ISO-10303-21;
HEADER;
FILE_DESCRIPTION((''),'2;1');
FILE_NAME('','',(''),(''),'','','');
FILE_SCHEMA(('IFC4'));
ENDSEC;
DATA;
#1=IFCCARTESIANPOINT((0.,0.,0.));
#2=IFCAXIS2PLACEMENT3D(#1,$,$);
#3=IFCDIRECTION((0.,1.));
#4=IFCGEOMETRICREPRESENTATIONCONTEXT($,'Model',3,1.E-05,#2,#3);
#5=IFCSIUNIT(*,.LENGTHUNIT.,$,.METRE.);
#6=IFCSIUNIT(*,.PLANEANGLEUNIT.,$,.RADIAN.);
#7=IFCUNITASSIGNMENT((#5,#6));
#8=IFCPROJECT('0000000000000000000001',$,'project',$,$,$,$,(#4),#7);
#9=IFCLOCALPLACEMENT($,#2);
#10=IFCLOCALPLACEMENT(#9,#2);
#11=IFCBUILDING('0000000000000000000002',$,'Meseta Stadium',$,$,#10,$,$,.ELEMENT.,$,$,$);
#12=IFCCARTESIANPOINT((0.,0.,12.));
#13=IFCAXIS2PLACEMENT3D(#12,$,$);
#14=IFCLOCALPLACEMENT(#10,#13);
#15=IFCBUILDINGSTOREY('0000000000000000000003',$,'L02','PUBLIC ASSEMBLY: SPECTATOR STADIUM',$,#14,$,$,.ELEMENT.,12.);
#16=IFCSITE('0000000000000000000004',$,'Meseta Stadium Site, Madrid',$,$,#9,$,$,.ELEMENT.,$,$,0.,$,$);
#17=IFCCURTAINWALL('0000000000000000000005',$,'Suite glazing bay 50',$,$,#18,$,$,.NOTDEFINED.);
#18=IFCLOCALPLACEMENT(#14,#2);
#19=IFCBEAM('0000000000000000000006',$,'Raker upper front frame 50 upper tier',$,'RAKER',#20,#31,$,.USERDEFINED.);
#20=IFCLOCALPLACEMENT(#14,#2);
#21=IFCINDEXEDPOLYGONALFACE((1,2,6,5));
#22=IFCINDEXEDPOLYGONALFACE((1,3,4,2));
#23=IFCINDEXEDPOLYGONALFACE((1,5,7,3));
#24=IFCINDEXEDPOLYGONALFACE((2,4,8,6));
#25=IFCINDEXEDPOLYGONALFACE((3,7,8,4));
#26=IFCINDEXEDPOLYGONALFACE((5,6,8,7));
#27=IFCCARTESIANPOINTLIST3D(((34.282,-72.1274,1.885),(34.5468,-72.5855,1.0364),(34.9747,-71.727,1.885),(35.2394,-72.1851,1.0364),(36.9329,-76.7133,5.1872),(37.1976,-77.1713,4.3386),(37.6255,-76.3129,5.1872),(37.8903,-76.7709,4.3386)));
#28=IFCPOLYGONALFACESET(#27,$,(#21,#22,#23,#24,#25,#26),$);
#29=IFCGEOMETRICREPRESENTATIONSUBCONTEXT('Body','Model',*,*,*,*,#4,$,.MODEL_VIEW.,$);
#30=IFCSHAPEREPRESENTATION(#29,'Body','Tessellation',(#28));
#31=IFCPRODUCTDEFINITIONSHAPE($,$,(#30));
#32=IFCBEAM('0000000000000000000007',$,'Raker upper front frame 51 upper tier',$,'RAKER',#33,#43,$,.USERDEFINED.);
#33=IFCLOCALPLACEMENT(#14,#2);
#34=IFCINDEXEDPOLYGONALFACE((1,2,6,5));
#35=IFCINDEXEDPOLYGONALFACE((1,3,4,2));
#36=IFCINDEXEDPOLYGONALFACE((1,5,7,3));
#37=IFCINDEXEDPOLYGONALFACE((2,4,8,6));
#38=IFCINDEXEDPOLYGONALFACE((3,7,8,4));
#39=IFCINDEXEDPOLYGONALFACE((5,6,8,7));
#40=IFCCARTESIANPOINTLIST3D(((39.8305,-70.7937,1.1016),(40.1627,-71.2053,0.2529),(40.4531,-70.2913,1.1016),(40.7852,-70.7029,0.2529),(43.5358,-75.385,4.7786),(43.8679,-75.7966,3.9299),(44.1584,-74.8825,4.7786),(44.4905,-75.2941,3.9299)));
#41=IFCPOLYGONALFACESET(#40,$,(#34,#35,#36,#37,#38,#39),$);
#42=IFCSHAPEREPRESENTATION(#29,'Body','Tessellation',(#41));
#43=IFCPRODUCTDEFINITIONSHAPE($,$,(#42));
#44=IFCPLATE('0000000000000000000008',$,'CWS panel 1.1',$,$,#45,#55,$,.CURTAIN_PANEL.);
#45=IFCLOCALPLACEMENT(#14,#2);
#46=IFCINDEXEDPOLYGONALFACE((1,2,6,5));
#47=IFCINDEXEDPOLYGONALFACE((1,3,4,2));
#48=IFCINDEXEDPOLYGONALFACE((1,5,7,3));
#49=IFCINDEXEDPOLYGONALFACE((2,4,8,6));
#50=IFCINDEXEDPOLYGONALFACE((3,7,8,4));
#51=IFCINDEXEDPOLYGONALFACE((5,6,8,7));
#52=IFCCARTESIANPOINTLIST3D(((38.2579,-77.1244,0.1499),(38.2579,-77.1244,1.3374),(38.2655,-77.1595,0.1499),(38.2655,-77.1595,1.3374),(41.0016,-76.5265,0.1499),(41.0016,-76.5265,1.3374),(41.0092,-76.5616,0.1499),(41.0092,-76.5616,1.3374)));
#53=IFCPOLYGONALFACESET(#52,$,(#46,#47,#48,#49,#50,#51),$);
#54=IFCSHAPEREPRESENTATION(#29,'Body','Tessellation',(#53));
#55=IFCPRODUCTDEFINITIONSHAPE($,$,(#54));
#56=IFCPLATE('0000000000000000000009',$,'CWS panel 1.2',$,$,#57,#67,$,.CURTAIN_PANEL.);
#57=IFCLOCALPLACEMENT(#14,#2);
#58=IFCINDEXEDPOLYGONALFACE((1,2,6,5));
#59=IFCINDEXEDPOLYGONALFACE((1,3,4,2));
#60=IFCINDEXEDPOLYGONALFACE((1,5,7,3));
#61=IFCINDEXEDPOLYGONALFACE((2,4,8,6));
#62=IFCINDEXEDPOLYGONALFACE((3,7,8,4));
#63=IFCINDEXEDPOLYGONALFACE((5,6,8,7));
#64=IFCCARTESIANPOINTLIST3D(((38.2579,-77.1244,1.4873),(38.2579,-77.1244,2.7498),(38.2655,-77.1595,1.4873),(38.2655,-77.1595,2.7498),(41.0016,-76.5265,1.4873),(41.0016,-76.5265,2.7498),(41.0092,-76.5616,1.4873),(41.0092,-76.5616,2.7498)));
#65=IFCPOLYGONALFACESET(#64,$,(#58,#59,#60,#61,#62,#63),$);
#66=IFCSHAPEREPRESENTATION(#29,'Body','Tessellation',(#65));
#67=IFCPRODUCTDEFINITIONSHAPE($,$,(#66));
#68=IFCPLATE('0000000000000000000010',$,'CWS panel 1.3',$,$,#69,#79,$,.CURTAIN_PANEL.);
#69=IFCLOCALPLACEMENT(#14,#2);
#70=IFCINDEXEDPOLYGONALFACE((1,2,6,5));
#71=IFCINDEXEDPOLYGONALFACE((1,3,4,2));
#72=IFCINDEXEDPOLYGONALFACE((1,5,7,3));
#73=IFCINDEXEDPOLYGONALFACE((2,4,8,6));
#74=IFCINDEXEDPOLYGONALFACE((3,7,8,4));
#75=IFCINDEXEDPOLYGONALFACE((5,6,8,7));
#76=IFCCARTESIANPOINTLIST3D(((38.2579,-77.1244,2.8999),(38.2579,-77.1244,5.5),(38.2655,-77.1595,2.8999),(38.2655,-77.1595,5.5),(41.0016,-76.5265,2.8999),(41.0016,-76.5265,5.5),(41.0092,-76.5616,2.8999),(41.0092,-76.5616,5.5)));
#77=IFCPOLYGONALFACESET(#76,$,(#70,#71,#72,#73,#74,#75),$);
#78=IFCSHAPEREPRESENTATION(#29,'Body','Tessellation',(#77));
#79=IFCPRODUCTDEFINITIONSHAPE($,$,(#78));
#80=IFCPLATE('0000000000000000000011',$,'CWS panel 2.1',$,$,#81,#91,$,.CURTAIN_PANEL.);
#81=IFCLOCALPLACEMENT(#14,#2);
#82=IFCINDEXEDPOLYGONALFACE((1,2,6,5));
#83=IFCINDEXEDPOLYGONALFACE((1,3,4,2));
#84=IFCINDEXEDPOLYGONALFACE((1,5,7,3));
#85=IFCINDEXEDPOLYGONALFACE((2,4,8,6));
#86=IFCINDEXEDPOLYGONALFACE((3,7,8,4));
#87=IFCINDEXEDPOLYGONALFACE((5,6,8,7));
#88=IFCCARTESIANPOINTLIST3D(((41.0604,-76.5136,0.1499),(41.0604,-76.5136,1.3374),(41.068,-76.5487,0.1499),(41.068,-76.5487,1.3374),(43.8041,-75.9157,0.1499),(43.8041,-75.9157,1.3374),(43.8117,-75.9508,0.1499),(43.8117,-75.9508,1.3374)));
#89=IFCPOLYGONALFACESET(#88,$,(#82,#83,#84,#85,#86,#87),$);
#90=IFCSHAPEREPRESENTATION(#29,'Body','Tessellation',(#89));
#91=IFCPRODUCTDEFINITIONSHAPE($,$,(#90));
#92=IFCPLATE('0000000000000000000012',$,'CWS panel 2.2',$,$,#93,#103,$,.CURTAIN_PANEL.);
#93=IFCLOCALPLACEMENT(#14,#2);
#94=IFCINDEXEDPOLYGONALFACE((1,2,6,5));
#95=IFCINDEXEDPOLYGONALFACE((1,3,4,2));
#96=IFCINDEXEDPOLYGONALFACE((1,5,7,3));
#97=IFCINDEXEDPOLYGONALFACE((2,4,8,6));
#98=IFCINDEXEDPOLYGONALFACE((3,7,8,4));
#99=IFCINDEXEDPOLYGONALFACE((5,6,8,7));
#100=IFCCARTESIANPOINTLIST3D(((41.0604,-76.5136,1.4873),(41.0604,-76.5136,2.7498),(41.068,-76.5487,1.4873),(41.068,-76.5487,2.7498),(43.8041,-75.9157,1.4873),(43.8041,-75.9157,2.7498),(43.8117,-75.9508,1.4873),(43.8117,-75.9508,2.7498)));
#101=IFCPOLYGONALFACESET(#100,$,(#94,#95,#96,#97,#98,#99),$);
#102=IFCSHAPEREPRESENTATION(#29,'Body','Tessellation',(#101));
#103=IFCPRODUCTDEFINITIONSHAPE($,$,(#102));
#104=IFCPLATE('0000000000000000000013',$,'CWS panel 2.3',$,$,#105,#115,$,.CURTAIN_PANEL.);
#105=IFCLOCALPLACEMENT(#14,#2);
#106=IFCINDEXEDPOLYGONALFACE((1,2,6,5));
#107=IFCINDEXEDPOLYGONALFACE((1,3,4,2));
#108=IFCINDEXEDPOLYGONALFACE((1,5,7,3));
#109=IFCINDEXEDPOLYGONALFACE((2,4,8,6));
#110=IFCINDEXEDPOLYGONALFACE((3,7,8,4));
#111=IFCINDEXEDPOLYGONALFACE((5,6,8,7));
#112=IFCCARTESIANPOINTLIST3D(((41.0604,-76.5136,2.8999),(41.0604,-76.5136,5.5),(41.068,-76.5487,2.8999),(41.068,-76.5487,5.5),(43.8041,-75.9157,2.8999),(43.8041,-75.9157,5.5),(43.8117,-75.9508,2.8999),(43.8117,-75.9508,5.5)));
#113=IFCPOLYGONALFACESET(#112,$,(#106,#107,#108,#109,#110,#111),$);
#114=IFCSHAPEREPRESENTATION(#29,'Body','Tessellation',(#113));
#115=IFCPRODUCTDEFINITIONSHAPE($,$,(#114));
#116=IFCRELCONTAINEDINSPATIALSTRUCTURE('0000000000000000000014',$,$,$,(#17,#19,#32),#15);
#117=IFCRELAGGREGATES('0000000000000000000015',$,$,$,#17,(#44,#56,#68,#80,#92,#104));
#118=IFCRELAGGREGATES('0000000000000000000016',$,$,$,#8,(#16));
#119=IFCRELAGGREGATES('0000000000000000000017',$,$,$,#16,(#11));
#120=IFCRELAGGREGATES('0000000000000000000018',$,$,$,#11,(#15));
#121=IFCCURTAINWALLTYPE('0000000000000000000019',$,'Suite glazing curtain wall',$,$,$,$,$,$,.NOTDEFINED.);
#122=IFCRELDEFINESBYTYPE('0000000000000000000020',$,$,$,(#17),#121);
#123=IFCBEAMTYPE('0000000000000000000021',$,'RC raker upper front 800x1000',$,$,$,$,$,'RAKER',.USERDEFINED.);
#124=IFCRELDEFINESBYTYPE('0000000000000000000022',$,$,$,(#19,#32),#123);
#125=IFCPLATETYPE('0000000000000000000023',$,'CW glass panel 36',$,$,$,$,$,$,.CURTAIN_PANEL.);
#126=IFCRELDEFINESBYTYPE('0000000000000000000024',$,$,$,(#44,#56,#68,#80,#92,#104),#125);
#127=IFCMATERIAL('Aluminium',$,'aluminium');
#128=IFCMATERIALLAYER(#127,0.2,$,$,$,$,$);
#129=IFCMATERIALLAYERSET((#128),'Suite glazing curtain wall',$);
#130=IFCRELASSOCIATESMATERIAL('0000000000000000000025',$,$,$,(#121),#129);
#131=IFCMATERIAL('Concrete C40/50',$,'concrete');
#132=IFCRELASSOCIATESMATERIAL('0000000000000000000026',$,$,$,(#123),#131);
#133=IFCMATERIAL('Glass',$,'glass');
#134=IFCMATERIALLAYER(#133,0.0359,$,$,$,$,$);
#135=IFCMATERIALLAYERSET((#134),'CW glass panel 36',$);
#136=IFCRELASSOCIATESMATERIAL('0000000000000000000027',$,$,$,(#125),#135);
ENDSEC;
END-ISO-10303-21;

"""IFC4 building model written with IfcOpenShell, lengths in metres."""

from ifc_helpers import new_model, si_unit, direction, frame, origin, origin_2d, place, context, subcontext, project, spatial, rectangle, extrude, material, layer, layer_set, material_profile, profile_set, type_object, element, aggregate, save


model = new_model("IFC4")

# Units and contexts
model_context = context("Model", 3, precision=1e-05, world=origin(), true_north=direction((0.0, 1.0)))
body_context = subcontext(model_context, "Body", "Model", "MODEL_VIEW")
ifc_project = project(units=[si_unit("LENGTHUNIT", "METRE"), si_unit("PLANEANGLEUNIT", "RADIAN")], contexts=[model_context])

# Site, building, storey
site_placement = place(None, origin())
site = spatial("IfcSite", under=ifc_project, at=site_placement, Name="Meseta Stadium Site, Madrid", CompositionType="ELEMENT", RefElevation=0.0)
building_placement = place(site_placement, origin())
building = spatial("IfcBuilding", under=site, at=building_placement, Name="Meseta Stadium", CompositionType="ELEMENT")
storey_placement = place(building_placement, frame((0.0, 0.0, 12.0)))
storey = spatial("IfcBuildingStorey", under=building, at=storey_placement, Name="L02", Description="PUBLIC ASSEMBLY: SPECTATOR STADIUM", CompositionType="ELEMENT", Elevation=12.0)

# Shared definitions
ifc_material_1 = material(Name="Aluminium", Category="aluminium")
ifc_layer_1 = layer(ifc_material_1, 0.2)
ifc_layer_set_1 = layer_set([ifc_layer_1], Name="Suite glazing curtain wall")
curtain_wall_type = type_object("IfcCurtainWallType", Name="Suite glazing curtain wall", PredefinedType="NOTDEFINED", material=ifc_layer_set_1)

# Curtain wall
curtain_wall_1_placement = place(storey_placement, origin())
curtain_wall_1 = element("IfcCurtainWall", 1, at=curtain_wall_1_placement, inside=storey, type_object=curtain_wall_type, Name="Suite glazing bay 50", PredefinedType="NOTDEFINED")

# Beams
ifc_material_2 = material(Name="Concrete C40/50", Category="concrete")
ifc_material_profile_1 = material_profile(ifc_material_2, rectangle(XDim=0.8, YDim=1.0, at=origin_2d()), Name="RC 800x1000")
ifc_profile_set_1 = profile_set([ifc_material_profile_1], Name="Concrete C40/50")
beam_type_1 = type_object("IfcBeamType", Name="RC raker upper front 800x1000", ElementType="RAKER", PredefinedType="USERDEFINED", material=ifc_profile_set_1)
beam_1_placement = place(storey_placement, frame((34.7607, -72.1562, 1.4607), z_axis=(0.424683, -0.734688, 0.529035), x_axis=(0.865765, 0.500451, 0.0)))
element("IfcBeam", 2, at=beam_1_placement, inside=storey, type_object=beam_type_1, Name="Raker upper front frame 50 upper tier", ObjectType="RAKER", PredefinedType="USERDEFINED", context=body_context, shape_type="SweptSolid", body=[
    extrude(rectangle(XDim=0.8, YDim=1.0, at=origin_2d()), origin(), (0.0, 0.0, 1.0), 6.2419),
])
beam_2_placement = place(storey_placement, frame((40.3079, -70.7483, 0.6772), z_axis=(0.532989, -0.660433, 0.528915), x_axis=(0.778193, 0.628025, 0.0)))
element("IfcBeam", 3, at=beam_2_placement, inside=storey, type_object=beam_type_1, Name="Raker upper front frame 51 upper tier", ObjectType="RAKER", PredefinedType="USERDEFINED", context=body_context, shape_type="SweptSolid", body=[
    extrude(rectangle(XDim=0.8, YDim=1.0, at=origin_2d()), origin(), (0.0, 0.0, 1.0), 6.9519),
])

# Plates
ifc_material_3 = material(Name="Glass", Category="glass")
ifc_layer_2 = layer(ifc_material_3, 0.0359)
ifc_layer_set_2 = layer_set([ifc_layer_2], Name="CW glass panel 36")
plate_type = type_object("IfcPlateType", Name="CW glass panel 36", PredefinedType="CURTAIN_PANEL", material=ifc_layer_set_2)
plate_1_placement = place(storey_placement, frame((39.6335, -76.843, 0.1499), z_axis=(0.0, 0.0, 1.0), x_axis=(0.97707, 0.212917, 0.0)))
plate_1 = element("IfcPlate", 4, at=plate_1_placement, type_object=plate_type, Name="CWS panel 1.1", PredefinedType="CURTAIN_PANEL", context=body_context, shape_type="SweptSolid", body=[
    extrude(rectangle(XDim=2.8081, YDim=0.0359, at=origin_2d()), origin(), (0.0, 0.0, 1.0), 1.1875),
])
plate_2_placement = place(storey_placement, frame((39.6335, -76.843, 1.4873), z_axis=(0.0, 0.0, 1.0), x_axis=(0.97707, 0.212917, 0.0)))
plate_2 = element("IfcPlate", 5, at=plate_2_placement, type_object=plate_type, Name="CWS panel 1.2", PredefinedType="CURTAIN_PANEL", context=body_context, shape_type="SweptSolid", body=[
    extrude(rectangle(XDim=2.8081, YDim=0.0359, at=origin_2d()), origin(), (0.0, 0.0, 1.0), 1.2625),
])
plate_3_placement = place(storey_placement, frame((39.6335, -76.843, 2.8999), z_axis=(0.0, 0.0, 1.0), x_axis=(0.97707, 0.212917, 0.0)))
plate_3 = element("IfcPlate", 6, at=plate_3_placement, type_object=plate_type, Name="CWS panel 1.3", PredefinedType="CURTAIN_PANEL", context=body_context, shape_type="SweptSolid", body=[
    extrude(rectangle(XDim=2.8081, YDim=0.0359, at=origin_2d()), origin(), (0.0, 0.0, 1.0), 2.6001),
])
plate_4_placement = place(storey_placement, frame((42.436, -76.2322, 0.1499), z_axis=(0.0, 0.0, 1.0), x_axis=(0.97707, 0.212917, 0.0)))
plate_4 = element("IfcPlate", 7, at=plate_4_placement, type_object=plate_type, Name="CWS panel 2.1", PredefinedType="CURTAIN_PANEL", context=body_context, shape_type="SweptSolid", body=[
    extrude(rectangle(XDim=2.8081, YDim=0.0359, at=origin_2d()), origin(), (0.0, 0.0, 1.0), 1.1875),
])
plate_5_placement = place(storey_placement, frame((42.436, -76.2322, 1.4873), z_axis=(0.0, 0.0, 1.0), x_axis=(0.97707, 0.212917, 0.0)))
plate_5 = element("IfcPlate", 8, at=plate_5_placement, type_object=plate_type, Name="CWS panel 2.2", PredefinedType="CURTAIN_PANEL", context=body_context, shape_type="SweptSolid", body=[
    extrude(rectangle(XDim=2.8081, YDim=0.0359, at=origin_2d()), origin(), (0.0, 0.0, 1.0), 1.2625),
])
plate_6_placement = place(storey_placement, frame((42.436, -76.2322, 2.8999), z_axis=(0.0, 0.0, 1.0), x_axis=(0.97707, 0.212917, 0.0)))
plate_6 = element("IfcPlate", 9, at=plate_6_placement, type_object=plate_type, Name="CWS panel 2.3", PredefinedType="CURTAIN_PANEL", context=body_context, shape_type="SweptSolid", body=[
    extrude(rectangle(XDim=2.8081, YDim=0.0359, at=origin_2d()), origin(), (0.0, 0.0, 1.0), 2.6001),
])
aggregate(curtain_wall_1, [plate_1, plate_2, plate_3, plate_4, plate_5, plate_6])

save(model, "model.ifc")
